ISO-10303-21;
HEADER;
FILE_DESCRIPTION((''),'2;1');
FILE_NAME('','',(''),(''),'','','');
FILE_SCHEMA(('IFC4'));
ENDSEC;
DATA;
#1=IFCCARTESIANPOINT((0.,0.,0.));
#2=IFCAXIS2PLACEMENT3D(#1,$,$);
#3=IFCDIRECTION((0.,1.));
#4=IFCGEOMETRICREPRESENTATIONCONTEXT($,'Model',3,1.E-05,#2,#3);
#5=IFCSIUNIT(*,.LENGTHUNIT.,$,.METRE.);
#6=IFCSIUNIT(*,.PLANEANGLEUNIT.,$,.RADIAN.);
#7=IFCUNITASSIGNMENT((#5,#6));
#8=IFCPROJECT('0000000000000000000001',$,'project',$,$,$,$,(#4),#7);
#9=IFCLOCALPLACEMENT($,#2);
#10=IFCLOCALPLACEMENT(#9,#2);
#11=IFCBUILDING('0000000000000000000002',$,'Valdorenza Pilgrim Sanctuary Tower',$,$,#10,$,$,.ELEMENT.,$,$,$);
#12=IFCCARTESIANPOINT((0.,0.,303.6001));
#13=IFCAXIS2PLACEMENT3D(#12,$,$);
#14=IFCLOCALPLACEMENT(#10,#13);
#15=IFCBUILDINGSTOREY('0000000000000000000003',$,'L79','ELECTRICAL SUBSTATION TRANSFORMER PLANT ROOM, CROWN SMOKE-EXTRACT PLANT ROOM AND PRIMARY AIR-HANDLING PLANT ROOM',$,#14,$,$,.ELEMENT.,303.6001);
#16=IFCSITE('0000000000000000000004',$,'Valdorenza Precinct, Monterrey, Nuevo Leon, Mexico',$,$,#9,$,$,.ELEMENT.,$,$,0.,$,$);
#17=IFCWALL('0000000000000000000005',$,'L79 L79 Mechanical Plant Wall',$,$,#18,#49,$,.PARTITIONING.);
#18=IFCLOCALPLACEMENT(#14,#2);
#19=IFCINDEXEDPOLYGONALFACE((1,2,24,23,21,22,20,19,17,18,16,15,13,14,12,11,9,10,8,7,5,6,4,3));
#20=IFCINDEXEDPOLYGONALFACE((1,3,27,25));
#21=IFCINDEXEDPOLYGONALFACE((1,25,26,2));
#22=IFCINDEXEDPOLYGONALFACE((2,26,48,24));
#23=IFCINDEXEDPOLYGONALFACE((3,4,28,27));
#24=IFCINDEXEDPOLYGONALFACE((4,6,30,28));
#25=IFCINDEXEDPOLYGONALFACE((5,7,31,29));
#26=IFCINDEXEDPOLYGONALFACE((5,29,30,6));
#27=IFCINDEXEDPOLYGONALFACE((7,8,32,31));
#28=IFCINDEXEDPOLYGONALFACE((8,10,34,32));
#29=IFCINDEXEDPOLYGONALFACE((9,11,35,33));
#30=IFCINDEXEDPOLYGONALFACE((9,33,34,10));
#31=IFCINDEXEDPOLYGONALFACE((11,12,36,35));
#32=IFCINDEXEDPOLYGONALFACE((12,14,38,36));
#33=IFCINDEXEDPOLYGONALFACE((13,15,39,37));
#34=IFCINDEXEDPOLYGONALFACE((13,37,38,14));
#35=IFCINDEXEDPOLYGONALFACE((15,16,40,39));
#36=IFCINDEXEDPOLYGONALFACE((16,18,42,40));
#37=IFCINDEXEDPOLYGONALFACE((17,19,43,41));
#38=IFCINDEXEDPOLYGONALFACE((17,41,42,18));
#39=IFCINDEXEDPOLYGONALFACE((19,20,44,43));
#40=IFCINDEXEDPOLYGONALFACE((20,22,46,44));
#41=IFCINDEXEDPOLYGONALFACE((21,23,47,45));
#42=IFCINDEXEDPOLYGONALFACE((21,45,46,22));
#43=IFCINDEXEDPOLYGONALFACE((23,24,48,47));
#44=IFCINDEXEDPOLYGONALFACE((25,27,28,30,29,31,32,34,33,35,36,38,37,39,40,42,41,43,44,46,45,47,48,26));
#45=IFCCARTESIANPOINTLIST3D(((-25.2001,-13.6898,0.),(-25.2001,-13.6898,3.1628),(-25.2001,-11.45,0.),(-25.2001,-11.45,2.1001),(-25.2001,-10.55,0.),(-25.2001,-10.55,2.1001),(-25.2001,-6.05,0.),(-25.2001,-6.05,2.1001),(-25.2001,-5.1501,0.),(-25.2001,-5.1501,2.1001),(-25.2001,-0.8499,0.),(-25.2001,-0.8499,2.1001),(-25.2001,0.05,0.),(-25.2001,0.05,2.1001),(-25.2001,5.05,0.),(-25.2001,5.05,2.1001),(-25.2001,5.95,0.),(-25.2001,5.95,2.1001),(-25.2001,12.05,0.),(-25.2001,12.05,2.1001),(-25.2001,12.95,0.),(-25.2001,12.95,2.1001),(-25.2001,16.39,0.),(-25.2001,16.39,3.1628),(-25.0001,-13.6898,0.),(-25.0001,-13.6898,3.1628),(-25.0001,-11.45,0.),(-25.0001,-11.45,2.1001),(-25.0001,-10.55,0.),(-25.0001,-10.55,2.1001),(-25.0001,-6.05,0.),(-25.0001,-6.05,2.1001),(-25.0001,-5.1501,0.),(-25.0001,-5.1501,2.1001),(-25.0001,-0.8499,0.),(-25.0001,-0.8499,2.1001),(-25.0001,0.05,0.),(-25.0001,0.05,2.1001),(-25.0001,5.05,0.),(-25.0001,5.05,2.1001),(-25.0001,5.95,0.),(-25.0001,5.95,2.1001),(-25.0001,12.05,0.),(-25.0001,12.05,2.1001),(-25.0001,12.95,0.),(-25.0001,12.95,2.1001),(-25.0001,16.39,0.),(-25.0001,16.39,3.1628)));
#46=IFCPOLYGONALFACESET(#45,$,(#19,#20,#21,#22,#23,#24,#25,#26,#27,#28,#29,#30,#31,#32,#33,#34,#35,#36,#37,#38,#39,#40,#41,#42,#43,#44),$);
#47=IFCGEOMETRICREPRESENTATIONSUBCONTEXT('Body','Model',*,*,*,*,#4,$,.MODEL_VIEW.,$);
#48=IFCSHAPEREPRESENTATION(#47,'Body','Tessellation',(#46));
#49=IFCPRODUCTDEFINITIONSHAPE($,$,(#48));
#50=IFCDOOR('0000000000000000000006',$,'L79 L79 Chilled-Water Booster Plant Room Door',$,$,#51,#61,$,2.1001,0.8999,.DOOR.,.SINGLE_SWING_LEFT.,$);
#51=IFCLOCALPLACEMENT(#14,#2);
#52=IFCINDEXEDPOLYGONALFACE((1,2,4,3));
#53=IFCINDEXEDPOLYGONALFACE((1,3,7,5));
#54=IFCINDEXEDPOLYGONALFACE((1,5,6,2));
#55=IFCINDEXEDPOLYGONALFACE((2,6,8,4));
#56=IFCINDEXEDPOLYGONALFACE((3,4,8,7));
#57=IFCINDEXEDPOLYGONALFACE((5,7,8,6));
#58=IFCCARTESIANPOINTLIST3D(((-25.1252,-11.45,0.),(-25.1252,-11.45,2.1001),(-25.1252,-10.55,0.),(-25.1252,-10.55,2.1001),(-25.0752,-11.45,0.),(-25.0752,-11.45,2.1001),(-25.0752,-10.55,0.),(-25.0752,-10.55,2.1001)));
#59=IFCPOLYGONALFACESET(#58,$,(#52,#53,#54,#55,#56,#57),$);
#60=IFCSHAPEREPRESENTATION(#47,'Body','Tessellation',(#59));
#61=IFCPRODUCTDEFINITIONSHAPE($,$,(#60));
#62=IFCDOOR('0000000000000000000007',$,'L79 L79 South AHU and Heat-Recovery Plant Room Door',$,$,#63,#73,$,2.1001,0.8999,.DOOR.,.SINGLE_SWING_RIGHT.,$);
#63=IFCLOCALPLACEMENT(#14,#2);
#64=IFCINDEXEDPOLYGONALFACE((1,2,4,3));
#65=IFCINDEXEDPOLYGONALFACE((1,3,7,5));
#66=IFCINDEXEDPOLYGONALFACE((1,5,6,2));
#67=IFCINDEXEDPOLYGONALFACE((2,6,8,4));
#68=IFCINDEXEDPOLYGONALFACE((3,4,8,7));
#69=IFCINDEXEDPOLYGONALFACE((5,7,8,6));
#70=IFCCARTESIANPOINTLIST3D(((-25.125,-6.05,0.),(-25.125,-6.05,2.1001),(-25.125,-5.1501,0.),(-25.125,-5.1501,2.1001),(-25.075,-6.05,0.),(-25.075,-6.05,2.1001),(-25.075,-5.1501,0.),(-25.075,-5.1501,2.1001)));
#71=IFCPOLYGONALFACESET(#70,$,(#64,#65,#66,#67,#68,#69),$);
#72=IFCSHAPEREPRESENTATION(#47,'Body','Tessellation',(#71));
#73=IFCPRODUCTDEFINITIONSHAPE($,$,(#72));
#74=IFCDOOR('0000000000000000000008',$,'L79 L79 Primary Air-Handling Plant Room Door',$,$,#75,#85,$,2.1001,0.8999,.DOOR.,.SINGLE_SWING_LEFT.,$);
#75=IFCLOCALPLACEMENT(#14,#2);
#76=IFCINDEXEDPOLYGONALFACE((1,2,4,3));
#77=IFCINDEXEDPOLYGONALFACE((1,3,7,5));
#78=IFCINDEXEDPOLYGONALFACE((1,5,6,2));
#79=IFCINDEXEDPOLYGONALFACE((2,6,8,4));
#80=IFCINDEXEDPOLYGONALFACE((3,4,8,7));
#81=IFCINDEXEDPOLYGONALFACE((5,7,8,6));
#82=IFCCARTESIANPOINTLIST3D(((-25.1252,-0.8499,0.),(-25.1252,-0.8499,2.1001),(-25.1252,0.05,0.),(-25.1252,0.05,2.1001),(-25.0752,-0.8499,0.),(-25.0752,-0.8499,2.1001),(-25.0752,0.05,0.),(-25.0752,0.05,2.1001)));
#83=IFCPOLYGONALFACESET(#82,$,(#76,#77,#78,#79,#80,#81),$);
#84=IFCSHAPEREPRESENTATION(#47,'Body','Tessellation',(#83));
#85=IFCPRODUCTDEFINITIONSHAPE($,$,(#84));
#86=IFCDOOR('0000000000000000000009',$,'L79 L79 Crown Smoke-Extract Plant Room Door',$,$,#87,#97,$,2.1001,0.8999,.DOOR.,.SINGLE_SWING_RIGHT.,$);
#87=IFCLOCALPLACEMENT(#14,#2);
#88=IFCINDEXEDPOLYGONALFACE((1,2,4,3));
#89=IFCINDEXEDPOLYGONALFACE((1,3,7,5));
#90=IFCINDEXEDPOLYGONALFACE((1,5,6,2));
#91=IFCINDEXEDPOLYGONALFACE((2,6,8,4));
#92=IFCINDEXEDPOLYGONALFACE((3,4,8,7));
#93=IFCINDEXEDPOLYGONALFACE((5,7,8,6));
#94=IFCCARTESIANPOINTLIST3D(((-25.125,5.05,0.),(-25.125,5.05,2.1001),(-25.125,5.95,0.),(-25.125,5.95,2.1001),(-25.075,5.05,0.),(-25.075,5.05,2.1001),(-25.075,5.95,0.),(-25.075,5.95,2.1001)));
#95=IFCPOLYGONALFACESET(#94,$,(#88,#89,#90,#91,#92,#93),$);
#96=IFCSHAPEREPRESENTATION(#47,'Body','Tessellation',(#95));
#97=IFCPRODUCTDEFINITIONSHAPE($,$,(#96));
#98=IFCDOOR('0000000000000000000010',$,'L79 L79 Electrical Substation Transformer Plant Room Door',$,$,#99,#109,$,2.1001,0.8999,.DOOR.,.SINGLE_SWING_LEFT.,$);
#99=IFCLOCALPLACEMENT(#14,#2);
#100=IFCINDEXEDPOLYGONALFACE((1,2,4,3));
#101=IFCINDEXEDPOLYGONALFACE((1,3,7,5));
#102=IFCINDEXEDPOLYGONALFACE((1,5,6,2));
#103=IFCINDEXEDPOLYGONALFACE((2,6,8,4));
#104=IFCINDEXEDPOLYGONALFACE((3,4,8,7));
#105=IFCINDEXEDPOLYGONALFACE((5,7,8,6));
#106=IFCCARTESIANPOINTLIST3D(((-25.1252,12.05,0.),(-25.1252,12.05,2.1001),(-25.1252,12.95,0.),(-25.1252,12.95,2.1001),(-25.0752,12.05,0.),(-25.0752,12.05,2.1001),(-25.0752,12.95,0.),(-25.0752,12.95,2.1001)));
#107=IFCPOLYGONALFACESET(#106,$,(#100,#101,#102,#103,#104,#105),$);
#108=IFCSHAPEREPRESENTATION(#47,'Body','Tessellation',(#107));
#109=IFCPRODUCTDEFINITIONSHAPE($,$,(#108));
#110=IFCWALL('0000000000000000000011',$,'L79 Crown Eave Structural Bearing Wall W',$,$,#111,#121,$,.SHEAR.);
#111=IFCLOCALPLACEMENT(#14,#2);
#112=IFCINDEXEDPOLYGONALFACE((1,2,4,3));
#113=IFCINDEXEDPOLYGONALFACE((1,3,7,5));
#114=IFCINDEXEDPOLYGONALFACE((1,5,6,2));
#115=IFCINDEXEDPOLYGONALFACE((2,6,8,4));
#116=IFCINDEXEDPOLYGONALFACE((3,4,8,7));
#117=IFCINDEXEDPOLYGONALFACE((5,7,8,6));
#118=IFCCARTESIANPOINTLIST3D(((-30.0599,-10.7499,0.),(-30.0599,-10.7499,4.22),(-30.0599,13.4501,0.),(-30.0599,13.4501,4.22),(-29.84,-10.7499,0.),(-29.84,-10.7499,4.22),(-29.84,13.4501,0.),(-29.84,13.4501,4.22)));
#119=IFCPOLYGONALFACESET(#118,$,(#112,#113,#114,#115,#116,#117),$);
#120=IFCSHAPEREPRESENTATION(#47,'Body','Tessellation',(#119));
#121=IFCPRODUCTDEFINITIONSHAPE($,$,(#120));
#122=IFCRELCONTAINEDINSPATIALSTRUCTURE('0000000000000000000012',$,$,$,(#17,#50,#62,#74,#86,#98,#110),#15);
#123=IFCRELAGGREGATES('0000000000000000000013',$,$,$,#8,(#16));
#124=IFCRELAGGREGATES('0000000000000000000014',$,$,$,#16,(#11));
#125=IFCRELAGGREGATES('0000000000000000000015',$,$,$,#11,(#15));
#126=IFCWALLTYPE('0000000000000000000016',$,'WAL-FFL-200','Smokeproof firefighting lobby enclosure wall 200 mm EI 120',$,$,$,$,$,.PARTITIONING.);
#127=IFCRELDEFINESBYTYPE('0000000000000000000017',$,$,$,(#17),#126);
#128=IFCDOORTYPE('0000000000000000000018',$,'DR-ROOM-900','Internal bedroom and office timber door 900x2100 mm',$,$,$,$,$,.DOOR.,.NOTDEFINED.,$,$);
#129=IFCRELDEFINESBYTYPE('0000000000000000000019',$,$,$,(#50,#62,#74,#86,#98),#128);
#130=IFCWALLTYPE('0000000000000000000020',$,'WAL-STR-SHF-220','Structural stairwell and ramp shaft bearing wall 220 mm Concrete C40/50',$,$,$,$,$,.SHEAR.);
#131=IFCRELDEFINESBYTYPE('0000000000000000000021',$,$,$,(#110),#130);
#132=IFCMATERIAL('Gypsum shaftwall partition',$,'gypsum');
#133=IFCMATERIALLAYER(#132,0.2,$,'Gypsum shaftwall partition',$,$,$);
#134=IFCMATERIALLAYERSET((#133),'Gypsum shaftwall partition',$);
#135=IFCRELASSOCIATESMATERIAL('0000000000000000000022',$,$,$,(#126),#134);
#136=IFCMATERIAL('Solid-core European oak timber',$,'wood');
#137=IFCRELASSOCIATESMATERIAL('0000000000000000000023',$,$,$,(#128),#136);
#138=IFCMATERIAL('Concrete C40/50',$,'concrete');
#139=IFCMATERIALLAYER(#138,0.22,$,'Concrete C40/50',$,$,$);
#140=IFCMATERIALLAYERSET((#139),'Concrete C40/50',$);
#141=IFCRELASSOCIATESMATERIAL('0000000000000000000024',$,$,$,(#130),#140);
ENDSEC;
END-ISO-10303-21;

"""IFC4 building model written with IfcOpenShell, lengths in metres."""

from ifc_helpers import new_model, si_unit, direction, frame, frame_2d, origin, place, context, subcontext, project, spatial, rectangle, extrude, material, layer, layer_set, type_object, element, fill, save


model = new_model("IFC4")

# Units and contexts
model_context = context("Model", 3, precision=1e-05, world=origin(), true_north=direction((0.0, 1.0)))
body_context = subcontext(model_context, "Body", "Model", "MODEL_VIEW")
ifc_project = project(units=[si_unit("LENGTHUNIT", "METRE"), si_unit("PLANEANGLEUNIT", "RADIAN")], contexts=[model_context])

# Site, building, storey
site_placement = place(None, origin())
site = spatial("IfcSite", under=ifc_project, at=site_placement, Name="Valdorenza Precinct, Monterrey, Nuevo Leon, Mexico", CompositionType="ELEMENT", RefElevation=0.0)
building_placement = place(site_placement, origin())
building = spatial("IfcBuilding", under=site, at=building_placement, Name="Valdorenza Pilgrim Sanctuary Tower", CompositionType="ELEMENT")
storey_placement = place(building_placement, frame((0.0, 0.0, 303.6001)))
storey = spatial("IfcBuildingStorey", under=building, at=storey_placement, Name="L79", Description="ELECTRICAL SUBSTATION TRANSFORMER PLANT ROOM, CROWN SMOKE-EXTRACT PLANT ROOM AND PRIMARY AIR-HANDLING PLANT ROOM", CompositionType="ELEMENT", Elevation=303.6001)

# Wall, openings, doors
ifc_material_1 = material(Name="Gypsum shaftwall partition", Category="gypsum")
ifc_layer_1 = layer(ifc_material_1, 0.2, Name="Gypsum shaftwall partition")
ifc_layer_set_1 = layer_set([ifc_layer_1], Name="Gypsum shaftwall partition")
wall_type_1 = type_object("IfcWallType", Name="WAL-FFL-200", Description="Smokeproof firefighting lobby enclosure wall 200 mm EI 120", PredefinedType="PARTITIONING", material=ifc_layer_set_1)
wall_1_placement = place(storey_placement, frame((-25.1001, -13.6899, 0.0), z_axis=(0.0, 0.0, 1.0), x_axis=(0.0, 1.0, 0.0)))
wall_1 = element("IfcWall", 1, at=wall_1_placement, inside=storey, type_object=wall_type_1, Name="L79 L79 Mechanical Plant Wall", PredefinedType="PARTITIONING", context=body_context, shape_type="SweptSolid", body=[
    extrude(rectangle(XDim=30.0798, YDim=0.2, at=frame_2d((15.04, 0.0))), origin(), (0.0, 0.0, 1.0), 3.1628),
])
opening_1_placement = place(wall_1_placement, frame((2.24, 0.0, 0.0)))
opening_1 = element("IfcOpeningElement", 2, at=opening_1_placement, cuts=wall_1, PredefinedType="OPENING", context=body_context, shape_type="SweptSolid", body=[
    extrude(rectangle(XDim=0.8999, YDim=2.1001, at=frame_2d((0.45, 1.05))), frame((0.0, 0.1147, 0.0), z_axis=(0.0, -1.0, 0.0), x_axis=(1.0, 0.0, 0.0)), (0.0, 0.0, 1.0), 0.2297),
])
opening_2_placement = place(wall_1_placement, frame((7.6399, 0.0, 0.0)))
opening_2 = element("IfcOpeningElement", 3, at=opening_2_placement, cuts=wall_1, PredefinedType="OPENING", context=body_context, shape_type="SweptSolid", body=[
    extrude(rectangle(XDim=0.8999, YDim=2.1001, at=frame_2d((0.45, 1.05))), frame((0.0, 0.1147, 0.0), z_axis=(0.0, -1.0, 0.0), x_axis=(1.0, 0.0, 0.0)), (0.0, 0.0, 1.0), 0.2297),
])
opening_3_placement = place(wall_1_placement, frame((12.8401, 0.0, 0.0)))
opening_3 = element("IfcOpeningElement", 4, at=opening_3_placement, cuts=wall_1, PredefinedType="OPENING", context=body_context, shape_type="SweptSolid", body=[
    extrude(rectangle(XDim=0.8999, YDim=2.1001, at=frame_2d((0.45, 1.05))), frame((0.0, 0.1147, 0.0), z_axis=(0.0, -1.0, 0.0), x_axis=(1.0, 0.0, 0.0)), (0.0, 0.0, 1.0), 0.2297),
])
opening_4_placement = place(wall_1_placement, frame((18.74, 0.0, 0.0)))
opening_4 = element("IfcOpeningElement", 5, at=opening_4_placement, cuts=wall_1, PredefinedType="OPENING", context=body_context, shape_type="SweptSolid", body=[
    extrude(rectangle(XDim=0.8999, YDim=2.1001, at=frame_2d((0.45, 1.05))), frame((0.0, 0.1147, 0.0), z_axis=(0.0, -1.0, 0.0), x_axis=(1.0, 0.0, 0.0)), (0.0, 0.0, 1.0), 0.2297),
])
opening_5_placement = place(wall_1_placement, frame((25.74, 0.0, 0.0)))
opening_5 = element("IfcOpeningElement", 6, at=opening_5_placement, cuts=wall_1, PredefinedType="OPENING", context=body_context, shape_type="SweptSolid", body=[
    extrude(rectangle(XDim=0.8999, YDim=2.1001, at=frame_2d((0.45, 1.05))), frame((0.0, 0.1147, 0.0), z_axis=(0.0, -1.0, 0.0), x_axis=(1.0, 0.0, 0.0)), (0.0, 0.0, 1.0), 0.2297),
])
ifc_material_2 = material(Name="Solid-core European oak timber", Category="wood")
door_type = type_object("IfcDoorType", Name="DR-ROOM-900", Description="Internal bedroom and office timber door 900x2100 mm", OperationType="NOTDEFINED", PredefinedType="DOOR", material=ifc_material_2)
door_1_placement = place(opening_1_placement, frame((0.8999, 0.0, 0.0), z_axis=(0.0, 0.0, 1.0), x_axis=(-1.0, 0.0, 0.0)))
door_1 = element("IfcDoor", 7, at=door_1_placement, inside=storey, type_object=door_type, Name="L79 L79 Chilled-Water Booster Plant Room Door", OperationType="SINGLE_SWING_LEFT", OverallHeight=2.1001, OverallWidth=0.8999, PredefinedType="DOOR", context=body_context, shape_type="SweptSolid", body=[
    extrude(rectangle(XDim=0.8999, YDim=2.1001, at=frame_2d((0.45, 1.05))), frame((0.0, 0.0249, 0.0), z_axis=(0.0, -1.0, 0.0), x_axis=(1.0, 0.0, 0.0)), (0.0, 0.0, 1.0), 0.05),
])
fill(opening_1, door_1)
door_2_placement = place(opening_2_placement, origin())
door_2 = element("IfcDoor", 8, at=door_2_placement, inside=storey, type_object=door_type, Name="L79 L79 South AHU and Heat-Recovery Plant Room Door", OperationType="SINGLE_SWING_RIGHT", OverallHeight=2.1001, OverallWidth=0.8999, PredefinedType="DOOR", context=body_context, shape_type="SweptSolid", body=[
    extrude(rectangle(XDim=0.8999, YDim=2.1001, at=frame_2d((0.45, 1.05))), frame((0.0, 0.0249, 0.0), z_axis=(0.0, -1.0, 0.0), x_axis=(1.0, 0.0, 0.0)), (0.0, 0.0, 1.0), 0.05),
])
fill(opening_2, door_2)
door_3_placement = place(opening_3_placement, frame((0.8999, 0.0, 0.0), z_axis=(0.0, 0.0, 1.0), x_axis=(-1.0, 0.0, 0.0)))
door_3 = element("IfcDoor", 9, at=door_3_placement, inside=storey, type_object=door_type, Name="L79 L79 Primary Air-Handling Plant Room Door", OperationType="SINGLE_SWING_LEFT", OverallHeight=2.1001, OverallWidth=0.8999, PredefinedType="DOOR", context=body_context, shape_type="SweptSolid", body=[
    extrude(rectangle(XDim=0.8999, YDim=2.1001, at=frame_2d((0.45, 1.05))), frame((0.0, 0.0249, 0.0), z_axis=(0.0, -1.0, 0.0), x_axis=(1.0, 0.0, 0.0)), (0.0, 0.0, 1.0), 0.05),
])
fill(opening_3, door_3)
door_4_placement = place(opening_4_placement, origin())
door_4 = element("IfcDoor", 10, at=door_4_placement, inside=storey, type_object=door_type, Name="L79 L79 Crown Smoke-Extract Plant Room Door", OperationType="SINGLE_SWING_RIGHT", OverallHeight=2.1001, OverallWidth=0.8999, PredefinedType="DOOR", context=body_context, shape_type="SweptSolid", body=[
    extrude(rectangle(XDim=0.8999, YDim=2.1001, at=frame_2d((0.45, 1.05))), frame((0.0, 0.0249, 0.0), z_axis=(0.0, -1.0, 0.0), x_axis=(1.0, 0.0, 0.0)), (0.0, 0.0, 1.0), 0.05),
])
fill(opening_4, door_4)
door_5_placement = place(opening_5_placement, frame((0.8999, 0.0, 0.0), z_axis=(0.0, 0.0, 1.0), x_axis=(-1.0, 0.0, 0.0)))
door_5 = element("IfcDoor", 11, at=door_5_placement, inside=storey, type_object=door_type, Name="L79 L79 Electrical Substation Transformer Plant Room Door", OperationType="SINGLE_SWING_LEFT", OverallHeight=2.1001, OverallWidth=0.8999, PredefinedType="DOOR", context=body_context, shape_type="SweptSolid", body=[
    extrude(rectangle(XDim=0.8999, YDim=2.1001, at=frame_2d((0.45, 1.05))), frame((0.0, 0.0249, 0.0), z_axis=(0.0, -1.0, 0.0), x_axis=(1.0, 0.0, 0.0)), (0.0, 0.0, 1.0), 0.05),
])
fill(opening_5, door_5)

# Wall
ifc_material_3 = material(Name="Concrete C40/50", Category="concrete")
ifc_layer_2 = layer(ifc_material_3, 0.22, Name="Concrete C40/50")
ifc_layer_set_2 = layer_set([ifc_layer_2], Name="Concrete C40/50")
wall_type_2 = type_object("IfcWallType", Name="WAL-STR-SHF-220", Description="Structural stairwell and ramp shaft bearing wall 220 mm Concrete C40/50", PredefinedType="SHEAR", material=ifc_layer_set_2)
wall_2_placement = place(storey_placement, frame((-29.95, -10.75, 0.0), z_axis=(0.0, 0.0, 1.0), x_axis=(0.0, 1.0, 0.0)))
element("IfcWall", 12, at=wall_2_placement, inside=storey, type_object=wall_type_2, Name="L79 Crown Eave Structural Bearing Wall W", PredefinedType="SHEAR", context=body_context, shape_type="SweptSolid", body=[
    extrude(rectangle(XDim=24.2, YDim=0.22, at=frame_2d((12.1001, 0.0))), origin(), (0.0, 0.0, 1.0), 4.22),
])

save(model, "model.ifc")
